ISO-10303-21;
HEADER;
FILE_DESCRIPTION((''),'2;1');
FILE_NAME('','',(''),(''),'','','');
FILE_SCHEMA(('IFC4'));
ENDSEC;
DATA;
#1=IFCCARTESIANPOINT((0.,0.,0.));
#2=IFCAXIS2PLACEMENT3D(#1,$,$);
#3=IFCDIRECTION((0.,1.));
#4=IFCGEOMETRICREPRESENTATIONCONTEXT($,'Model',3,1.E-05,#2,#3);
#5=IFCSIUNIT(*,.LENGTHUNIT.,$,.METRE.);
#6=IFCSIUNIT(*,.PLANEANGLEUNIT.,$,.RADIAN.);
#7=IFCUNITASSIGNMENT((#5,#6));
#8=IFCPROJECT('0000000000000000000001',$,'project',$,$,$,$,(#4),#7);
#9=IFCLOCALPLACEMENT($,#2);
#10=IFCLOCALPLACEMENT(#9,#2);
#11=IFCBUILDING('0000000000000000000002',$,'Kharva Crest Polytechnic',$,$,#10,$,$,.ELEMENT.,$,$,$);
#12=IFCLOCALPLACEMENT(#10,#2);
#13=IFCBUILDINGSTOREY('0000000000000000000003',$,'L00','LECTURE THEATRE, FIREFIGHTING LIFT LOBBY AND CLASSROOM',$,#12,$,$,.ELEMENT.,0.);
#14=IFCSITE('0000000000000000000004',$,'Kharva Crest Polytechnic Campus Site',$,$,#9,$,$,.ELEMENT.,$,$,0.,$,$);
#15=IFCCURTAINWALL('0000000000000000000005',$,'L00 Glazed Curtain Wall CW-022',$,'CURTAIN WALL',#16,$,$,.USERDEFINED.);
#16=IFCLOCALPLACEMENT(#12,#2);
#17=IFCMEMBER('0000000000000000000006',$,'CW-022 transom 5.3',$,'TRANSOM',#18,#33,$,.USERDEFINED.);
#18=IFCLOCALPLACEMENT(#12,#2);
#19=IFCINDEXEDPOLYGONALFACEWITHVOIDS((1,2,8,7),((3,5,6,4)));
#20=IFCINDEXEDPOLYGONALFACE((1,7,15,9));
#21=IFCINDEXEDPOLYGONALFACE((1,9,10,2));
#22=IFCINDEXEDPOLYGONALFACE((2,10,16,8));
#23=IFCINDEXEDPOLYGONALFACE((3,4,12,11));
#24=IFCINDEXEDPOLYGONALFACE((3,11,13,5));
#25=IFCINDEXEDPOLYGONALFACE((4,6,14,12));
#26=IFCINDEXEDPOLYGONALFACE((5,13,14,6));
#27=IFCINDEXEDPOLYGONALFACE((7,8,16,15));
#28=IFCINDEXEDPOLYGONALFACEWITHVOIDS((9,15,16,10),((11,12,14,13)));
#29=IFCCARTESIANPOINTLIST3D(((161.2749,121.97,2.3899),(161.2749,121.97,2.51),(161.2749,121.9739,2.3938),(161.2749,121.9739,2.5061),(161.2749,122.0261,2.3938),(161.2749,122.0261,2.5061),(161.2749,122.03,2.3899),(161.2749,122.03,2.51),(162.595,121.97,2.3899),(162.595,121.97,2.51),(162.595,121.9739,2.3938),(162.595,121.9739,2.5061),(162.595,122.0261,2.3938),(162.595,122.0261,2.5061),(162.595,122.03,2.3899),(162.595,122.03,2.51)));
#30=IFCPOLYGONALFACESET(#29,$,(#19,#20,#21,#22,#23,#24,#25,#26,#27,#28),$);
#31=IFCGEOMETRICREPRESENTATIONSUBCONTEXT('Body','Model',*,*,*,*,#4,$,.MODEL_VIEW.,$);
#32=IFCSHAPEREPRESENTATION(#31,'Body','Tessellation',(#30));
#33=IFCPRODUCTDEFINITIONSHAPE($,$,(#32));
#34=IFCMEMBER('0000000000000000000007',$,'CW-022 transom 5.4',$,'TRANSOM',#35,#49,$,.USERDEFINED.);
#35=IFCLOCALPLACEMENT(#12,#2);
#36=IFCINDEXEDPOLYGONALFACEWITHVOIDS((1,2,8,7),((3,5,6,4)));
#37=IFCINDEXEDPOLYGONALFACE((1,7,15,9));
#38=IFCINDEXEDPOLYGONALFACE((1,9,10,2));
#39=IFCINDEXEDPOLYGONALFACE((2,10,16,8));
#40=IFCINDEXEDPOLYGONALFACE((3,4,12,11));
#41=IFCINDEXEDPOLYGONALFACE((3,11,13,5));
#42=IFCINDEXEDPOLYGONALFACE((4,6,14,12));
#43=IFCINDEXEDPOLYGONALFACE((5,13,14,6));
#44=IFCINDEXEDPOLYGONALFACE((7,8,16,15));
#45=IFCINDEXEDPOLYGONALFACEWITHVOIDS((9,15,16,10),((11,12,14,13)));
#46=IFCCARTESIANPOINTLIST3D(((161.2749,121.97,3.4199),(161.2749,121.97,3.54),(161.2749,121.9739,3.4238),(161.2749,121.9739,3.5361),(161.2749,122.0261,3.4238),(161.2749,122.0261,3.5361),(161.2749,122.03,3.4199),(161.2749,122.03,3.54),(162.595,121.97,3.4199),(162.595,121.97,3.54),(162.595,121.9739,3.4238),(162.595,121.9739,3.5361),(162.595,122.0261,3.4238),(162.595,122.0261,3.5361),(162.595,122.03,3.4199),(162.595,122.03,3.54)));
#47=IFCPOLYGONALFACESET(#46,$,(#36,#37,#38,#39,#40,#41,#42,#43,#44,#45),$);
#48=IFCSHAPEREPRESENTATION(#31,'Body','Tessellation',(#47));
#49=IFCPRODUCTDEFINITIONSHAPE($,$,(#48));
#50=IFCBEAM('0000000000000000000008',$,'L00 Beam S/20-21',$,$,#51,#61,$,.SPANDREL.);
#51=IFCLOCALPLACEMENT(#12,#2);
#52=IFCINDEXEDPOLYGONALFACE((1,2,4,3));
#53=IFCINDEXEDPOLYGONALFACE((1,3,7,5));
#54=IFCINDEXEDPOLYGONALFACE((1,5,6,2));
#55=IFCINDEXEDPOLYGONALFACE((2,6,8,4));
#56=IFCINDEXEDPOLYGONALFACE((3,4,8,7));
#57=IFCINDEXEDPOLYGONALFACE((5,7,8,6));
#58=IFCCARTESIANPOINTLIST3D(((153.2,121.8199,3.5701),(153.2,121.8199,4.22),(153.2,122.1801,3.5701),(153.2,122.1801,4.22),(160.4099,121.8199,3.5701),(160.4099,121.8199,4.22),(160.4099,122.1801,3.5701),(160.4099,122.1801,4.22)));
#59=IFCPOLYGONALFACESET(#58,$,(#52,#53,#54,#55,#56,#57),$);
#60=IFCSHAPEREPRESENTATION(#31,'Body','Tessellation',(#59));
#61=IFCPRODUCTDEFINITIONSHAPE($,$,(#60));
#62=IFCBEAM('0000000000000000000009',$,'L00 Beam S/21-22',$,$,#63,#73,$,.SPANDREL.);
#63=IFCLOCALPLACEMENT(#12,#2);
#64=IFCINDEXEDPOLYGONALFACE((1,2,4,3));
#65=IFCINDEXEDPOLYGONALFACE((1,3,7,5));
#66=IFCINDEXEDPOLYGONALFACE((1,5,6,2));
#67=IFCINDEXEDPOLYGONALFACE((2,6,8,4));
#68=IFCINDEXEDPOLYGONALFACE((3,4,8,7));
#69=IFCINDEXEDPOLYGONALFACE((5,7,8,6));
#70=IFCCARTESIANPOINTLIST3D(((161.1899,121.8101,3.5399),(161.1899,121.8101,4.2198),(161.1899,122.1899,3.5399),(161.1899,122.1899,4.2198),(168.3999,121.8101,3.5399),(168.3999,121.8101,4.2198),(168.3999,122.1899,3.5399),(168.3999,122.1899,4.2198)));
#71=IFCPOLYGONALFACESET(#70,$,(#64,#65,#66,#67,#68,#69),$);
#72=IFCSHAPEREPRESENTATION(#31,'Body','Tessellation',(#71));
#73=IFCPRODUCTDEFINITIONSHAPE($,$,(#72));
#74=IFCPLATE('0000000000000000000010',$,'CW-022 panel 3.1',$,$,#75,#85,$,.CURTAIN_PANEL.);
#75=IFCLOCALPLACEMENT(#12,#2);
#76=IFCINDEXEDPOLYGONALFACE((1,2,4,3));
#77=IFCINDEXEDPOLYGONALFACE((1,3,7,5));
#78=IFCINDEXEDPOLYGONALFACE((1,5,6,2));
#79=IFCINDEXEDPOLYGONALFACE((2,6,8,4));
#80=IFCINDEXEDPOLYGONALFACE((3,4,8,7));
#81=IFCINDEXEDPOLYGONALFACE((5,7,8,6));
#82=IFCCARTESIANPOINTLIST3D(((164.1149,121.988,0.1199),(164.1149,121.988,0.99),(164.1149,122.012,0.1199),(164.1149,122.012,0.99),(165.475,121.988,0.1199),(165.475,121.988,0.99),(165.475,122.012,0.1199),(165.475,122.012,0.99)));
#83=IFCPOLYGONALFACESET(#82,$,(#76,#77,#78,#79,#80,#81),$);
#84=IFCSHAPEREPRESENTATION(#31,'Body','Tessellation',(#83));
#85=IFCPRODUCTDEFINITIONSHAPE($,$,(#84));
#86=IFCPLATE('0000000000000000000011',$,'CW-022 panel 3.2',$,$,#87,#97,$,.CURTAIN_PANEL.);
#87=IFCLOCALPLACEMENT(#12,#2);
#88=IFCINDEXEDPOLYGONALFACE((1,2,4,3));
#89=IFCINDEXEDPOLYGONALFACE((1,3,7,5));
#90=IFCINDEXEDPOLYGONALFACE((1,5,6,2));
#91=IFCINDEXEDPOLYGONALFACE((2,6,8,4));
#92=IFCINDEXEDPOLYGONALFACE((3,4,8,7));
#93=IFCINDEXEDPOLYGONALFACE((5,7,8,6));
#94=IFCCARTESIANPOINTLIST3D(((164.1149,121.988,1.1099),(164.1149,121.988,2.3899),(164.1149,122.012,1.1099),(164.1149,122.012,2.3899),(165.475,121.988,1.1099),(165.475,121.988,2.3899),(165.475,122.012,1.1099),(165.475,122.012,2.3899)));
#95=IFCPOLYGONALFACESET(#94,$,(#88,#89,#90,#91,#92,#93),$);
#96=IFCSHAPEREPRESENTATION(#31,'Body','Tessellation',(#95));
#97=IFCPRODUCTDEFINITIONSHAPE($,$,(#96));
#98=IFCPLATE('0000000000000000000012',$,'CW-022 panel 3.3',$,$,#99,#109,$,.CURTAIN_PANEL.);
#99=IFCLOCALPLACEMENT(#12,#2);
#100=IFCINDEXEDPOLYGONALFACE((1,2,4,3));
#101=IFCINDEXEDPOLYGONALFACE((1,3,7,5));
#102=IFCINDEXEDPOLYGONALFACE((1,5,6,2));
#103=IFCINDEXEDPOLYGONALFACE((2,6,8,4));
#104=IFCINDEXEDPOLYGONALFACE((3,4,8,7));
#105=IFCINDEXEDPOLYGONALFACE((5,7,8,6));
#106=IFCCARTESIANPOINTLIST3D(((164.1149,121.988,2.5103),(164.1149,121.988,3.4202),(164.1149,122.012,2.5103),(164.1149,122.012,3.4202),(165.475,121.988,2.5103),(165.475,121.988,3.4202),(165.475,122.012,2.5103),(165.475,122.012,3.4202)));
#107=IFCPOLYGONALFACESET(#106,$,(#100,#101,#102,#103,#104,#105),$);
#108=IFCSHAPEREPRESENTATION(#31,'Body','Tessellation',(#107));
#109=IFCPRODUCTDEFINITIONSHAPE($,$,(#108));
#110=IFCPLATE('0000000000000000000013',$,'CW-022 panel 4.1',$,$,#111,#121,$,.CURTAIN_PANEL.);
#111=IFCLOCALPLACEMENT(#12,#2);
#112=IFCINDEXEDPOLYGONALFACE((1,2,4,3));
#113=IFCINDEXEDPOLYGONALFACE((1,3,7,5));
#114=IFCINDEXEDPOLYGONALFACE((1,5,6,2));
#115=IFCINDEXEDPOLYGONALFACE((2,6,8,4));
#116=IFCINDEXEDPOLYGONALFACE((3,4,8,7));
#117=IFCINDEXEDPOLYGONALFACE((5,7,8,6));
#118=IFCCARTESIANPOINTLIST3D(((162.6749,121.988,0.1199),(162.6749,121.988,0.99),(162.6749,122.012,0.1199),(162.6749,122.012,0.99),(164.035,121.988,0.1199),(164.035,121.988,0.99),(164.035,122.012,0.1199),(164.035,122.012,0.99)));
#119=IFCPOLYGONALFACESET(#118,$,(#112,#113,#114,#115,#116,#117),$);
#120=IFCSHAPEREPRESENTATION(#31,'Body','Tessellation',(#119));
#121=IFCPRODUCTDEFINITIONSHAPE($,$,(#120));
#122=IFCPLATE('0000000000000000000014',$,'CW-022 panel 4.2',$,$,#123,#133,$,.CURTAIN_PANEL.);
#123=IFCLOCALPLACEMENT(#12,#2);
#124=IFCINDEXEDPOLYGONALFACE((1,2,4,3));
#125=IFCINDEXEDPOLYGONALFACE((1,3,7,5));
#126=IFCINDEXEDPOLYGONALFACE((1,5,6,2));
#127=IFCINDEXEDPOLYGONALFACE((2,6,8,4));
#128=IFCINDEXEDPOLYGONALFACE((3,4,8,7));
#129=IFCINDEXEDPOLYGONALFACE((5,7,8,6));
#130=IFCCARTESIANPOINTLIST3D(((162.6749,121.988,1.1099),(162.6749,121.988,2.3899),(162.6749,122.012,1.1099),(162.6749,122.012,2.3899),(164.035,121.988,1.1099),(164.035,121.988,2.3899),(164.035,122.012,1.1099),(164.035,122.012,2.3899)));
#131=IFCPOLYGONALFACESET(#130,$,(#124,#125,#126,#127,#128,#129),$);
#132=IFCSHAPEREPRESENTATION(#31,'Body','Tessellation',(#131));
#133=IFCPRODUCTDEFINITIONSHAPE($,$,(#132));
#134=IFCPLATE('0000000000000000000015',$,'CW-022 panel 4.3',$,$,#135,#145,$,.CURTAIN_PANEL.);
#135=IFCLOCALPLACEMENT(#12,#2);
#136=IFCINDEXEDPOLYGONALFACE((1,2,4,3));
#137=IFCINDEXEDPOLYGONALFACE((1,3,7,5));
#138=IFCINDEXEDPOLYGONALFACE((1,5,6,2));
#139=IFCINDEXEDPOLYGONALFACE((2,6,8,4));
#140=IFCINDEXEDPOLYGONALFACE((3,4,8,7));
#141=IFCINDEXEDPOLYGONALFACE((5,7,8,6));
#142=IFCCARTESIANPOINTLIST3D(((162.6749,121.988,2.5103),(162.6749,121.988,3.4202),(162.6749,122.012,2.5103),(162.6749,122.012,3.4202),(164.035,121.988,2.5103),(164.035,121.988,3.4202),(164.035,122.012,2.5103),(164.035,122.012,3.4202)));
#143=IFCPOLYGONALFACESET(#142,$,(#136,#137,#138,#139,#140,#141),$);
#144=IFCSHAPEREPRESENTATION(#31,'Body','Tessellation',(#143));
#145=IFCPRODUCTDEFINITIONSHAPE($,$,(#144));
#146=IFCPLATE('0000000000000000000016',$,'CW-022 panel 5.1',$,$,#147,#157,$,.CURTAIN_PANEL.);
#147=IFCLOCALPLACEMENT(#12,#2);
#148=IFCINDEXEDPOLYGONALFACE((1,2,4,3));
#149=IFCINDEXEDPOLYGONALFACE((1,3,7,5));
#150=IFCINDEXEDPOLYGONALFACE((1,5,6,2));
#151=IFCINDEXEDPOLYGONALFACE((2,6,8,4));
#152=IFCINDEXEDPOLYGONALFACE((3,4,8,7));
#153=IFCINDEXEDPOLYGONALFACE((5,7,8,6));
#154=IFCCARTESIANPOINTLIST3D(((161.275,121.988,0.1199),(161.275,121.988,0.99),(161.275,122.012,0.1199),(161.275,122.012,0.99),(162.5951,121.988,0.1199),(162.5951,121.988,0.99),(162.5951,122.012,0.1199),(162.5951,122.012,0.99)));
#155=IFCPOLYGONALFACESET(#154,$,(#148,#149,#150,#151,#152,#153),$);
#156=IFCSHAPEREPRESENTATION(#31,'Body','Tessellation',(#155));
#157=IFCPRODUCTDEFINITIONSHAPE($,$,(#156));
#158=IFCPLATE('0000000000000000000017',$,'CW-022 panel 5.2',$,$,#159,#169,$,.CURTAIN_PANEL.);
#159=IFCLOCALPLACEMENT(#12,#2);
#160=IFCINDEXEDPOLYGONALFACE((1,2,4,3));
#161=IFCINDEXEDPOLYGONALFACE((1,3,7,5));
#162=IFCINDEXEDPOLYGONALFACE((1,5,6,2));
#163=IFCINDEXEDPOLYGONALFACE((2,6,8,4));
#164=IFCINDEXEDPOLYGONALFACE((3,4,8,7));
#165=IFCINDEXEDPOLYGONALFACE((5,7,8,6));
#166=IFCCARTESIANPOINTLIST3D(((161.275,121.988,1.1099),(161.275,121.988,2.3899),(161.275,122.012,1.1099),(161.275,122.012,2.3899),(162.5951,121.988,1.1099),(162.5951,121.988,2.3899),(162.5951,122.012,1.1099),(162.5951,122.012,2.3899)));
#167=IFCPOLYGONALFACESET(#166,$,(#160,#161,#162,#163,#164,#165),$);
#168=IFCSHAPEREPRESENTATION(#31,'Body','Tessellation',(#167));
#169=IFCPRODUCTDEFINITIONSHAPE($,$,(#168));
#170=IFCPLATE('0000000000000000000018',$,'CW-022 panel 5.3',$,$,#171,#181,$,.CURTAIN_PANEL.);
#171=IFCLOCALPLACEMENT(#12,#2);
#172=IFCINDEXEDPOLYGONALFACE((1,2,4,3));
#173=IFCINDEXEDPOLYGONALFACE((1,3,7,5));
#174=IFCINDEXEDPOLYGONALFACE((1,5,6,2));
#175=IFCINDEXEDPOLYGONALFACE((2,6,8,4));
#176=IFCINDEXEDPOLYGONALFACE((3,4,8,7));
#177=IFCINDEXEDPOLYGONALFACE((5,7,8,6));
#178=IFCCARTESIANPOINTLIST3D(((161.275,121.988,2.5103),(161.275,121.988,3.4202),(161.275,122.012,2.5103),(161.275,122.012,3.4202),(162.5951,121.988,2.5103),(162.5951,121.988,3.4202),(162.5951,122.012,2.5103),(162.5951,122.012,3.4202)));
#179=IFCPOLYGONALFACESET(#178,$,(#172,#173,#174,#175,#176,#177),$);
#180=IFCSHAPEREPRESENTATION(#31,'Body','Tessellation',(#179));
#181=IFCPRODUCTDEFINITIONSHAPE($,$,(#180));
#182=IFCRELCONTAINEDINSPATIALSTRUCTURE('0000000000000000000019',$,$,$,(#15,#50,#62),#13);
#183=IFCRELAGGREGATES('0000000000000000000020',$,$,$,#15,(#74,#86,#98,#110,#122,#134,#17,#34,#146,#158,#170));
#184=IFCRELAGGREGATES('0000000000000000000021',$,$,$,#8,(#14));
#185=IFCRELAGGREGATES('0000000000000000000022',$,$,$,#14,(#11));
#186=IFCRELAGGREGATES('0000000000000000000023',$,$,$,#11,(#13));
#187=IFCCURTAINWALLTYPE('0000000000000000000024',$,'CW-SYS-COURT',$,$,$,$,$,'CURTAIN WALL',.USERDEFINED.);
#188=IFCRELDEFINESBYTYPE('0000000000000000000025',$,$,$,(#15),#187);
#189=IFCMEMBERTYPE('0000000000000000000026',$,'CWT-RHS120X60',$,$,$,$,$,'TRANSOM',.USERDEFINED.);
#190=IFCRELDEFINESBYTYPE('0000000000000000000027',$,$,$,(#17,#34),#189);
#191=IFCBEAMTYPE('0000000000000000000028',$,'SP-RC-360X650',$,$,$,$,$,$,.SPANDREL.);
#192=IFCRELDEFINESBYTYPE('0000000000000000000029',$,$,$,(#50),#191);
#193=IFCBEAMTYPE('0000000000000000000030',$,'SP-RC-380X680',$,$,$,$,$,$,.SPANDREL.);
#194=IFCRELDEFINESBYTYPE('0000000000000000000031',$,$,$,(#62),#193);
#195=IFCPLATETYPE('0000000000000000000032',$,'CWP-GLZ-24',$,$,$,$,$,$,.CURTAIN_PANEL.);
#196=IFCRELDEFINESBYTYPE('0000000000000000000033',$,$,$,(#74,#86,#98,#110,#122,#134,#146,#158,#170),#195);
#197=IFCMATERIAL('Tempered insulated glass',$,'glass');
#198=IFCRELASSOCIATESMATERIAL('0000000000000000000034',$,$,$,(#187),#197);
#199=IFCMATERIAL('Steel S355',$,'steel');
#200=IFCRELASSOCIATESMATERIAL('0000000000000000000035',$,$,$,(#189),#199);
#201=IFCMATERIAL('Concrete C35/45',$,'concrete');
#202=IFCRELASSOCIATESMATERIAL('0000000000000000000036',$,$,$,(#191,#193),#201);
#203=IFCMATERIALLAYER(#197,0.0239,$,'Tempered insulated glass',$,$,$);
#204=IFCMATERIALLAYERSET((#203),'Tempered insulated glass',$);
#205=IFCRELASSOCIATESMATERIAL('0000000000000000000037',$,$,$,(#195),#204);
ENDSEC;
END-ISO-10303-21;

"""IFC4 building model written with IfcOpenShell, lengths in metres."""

from ifc_helpers import new_model, si_unit, direction, frame, origin, origin_2d, place, context, subcontext, project, spatial, rectangle, hollow_rectangle, extrude, material, layer, layer_set, material_profile, profile_set, type_object, element, aggregate, save


model = new_model("IFC4")

# Units and contexts
model_context = context("Model", 3, precision=1e-05, world=origin(), true_north=direction((0.0, 1.0)))
body_context = subcontext(model_context, "Body", "Model", "MODEL_VIEW")
ifc_project = project(units=[si_unit("LENGTHUNIT", "METRE"), si_unit("PLANEANGLEUNIT", "RADIAN")], contexts=[model_context])

# Site, building, storey
site_placement = place(None, origin())
site = spatial("IfcSite", under=ifc_project, at=site_placement, Name="Kharva Crest Polytechnic Campus Site", CompositionType="ELEMENT", RefElevation=0.0)
building_placement = place(site_placement, origin())
building = spatial("IfcBuilding", under=site, at=building_placement, Name="Kharva Crest Polytechnic", CompositionType="ELEMENT")
storey_placement = place(building_placement, origin())
storey = spatial("IfcBuildingStorey", under=building, at=storey_placement, Name="L00", Description="LECTURE THEATRE, FIREFIGHTING LIFT LOBBY AND CLASSROOM", CompositionType="ELEMENT", Elevation=0.0)

# Shared definitions
ifc_material_1 = material(Name="Concrete C35/45", Category="concrete")

# Curtain wall, members
ifc_material_2 = material(Name="Tempered insulated glass", Category="glass")
curtain_wall_type = type_object("IfcCurtainWallType", Name="CW-SYS-COURT", ElementType="CURTAIN WALL", PredefinedType="USERDEFINED", material=ifc_material_2)
curtain_wall_placement = place(storey_placement, origin())
curtain_wall = element("IfcCurtainWall", 1, at=curtain_wall_placement, inside=storey, type_object=curtain_wall_type, Name="L00 Glazed Curtain Wall CW-022", ObjectType="CURTAIN WALL", PredefinedType="USERDEFINED")
ifc_material_3 = material(Name="Steel S355", Category="steel")
ifc_material_profile_1 = material_profile(ifc_material_3, hollow_rectangle(XDim=0.0601, YDim=0.1201, WallThickness=0.0039, at=origin_2d()), Name="RHS 120X60X4.0")
ifc_profile_set_1 = profile_set([ifc_material_profile_1], Name="Steel S355")
member_type_1 = type_object("IfcMemberType", Name="CWT-RHS120X60", ElementType="TRANSOM", PredefinedType="USERDEFINED", material=ifc_profile_set_1)
member_1_placement = place(storey_placement, frame((162.595, 122.0, 2.45), z_axis=(-1.0, 0.0, 0.0), x_axis=(0.0, -1.0, 0.0)))
member_1 = element("IfcMember", 2, at=member_1_placement, type_object=member_type_1, Name="CW-022 transom 5.3", ObjectType="TRANSOM", PredefinedType="USERDEFINED", context=body_context, shape_type="SweptSolid", body=[
    extrude(hollow_rectangle(XDim=0.0601, YDim=0.1201, WallThickness=0.0039, at=origin_2d()), origin(), (0.0, 0.0, 1.0), 1.3201),
])
member_2_placement = place(storey_placement, frame((162.595, 122.0, 3.48), z_axis=(-1.0, 0.0, 0.0), x_axis=(0.0, -1.0, 0.0)))
member_2 = element("IfcMember", 3, at=member_2_placement, type_object=member_type_1, Name="CW-022 transom 5.4", ObjectType="TRANSOM", PredefinedType="USERDEFINED", context=body_context, shape_type="SweptSolid", body=[
    extrude(hollow_rectangle(XDim=0.0601, YDim=0.1201, WallThickness=0.0039, at=origin_2d()), origin(), (0.0, 0.0, 1.0), 1.3201),
])

# Beams
ifc_material_profile_2 = material_profile(ifc_material_1, rectangle(XDim=0.3601, YDim=0.6499, at=origin_2d()), Name="RECT 360 X 650")
ifc_profile_set_2 = profile_set([ifc_material_profile_2], Name="Concrete C35/45")
beam_type_1 = type_object("IfcBeamType", Name="SP-RC-360X650", PredefinedType="SPANDREL", material=ifc_profile_set_2)
beam_1_placement = place(storey_placement, frame((153.2, 122.0, 3.895), z_axis=(1.0, 0.0, 0.0), x_axis=(0.0, 1.0, 0.0)))
element("IfcBeam", 4, at=beam_1_placement, inside=storey, type_object=beam_type_1, Name="L00 Beam S/20-21", PredefinedType="SPANDREL", context=body_context, shape_type="SweptSolid", body=[
    extrude(rectangle(XDim=0.3601, YDim=0.6499, at=origin_2d()), origin(), (0.0, 0.0, 1.0), 7.21),
])
ifc_material_profile_3 = material_profile(ifc_material_1, rectangle(XDim=0.3799, YDim=0.6799, at=origin_2d()), Name="RECT 380 X 680")
ifc_profile_set_3 = profile_set([ifc_material_profile_3], Name="Concrete C35/45")
beam_type_2 = type_object("IfcBeamType", Name="SP-RC-380X680", PredefinedType="SPANDREL", material=ifc_profile_set_3)
beam_2_placement = place(storey_placement, frame((161.1899, 122.0, 3.8799), z_axis=(1.0, 0.0, 0.0), x_axis=(0.0, 1.0, 0.0)))
element("IfcBeam", 5, at=beam_2_placement, inside=storey, type_object=beam_type_2, Name="L00 Beam S/21-22", PredefinedType="SPANDREL", context=body_context, shape_type="SweptSolid", body=[
    extrude(rectangle(XDim=0.3799, YDim=0.6799, at=origin_2d()), origin(), (0.0, 0.0, 1.0), 7.21),
])

# Plates
ifc_layer_1 = layer(ifc_material_2, 0.0239, Name="Tempered insulated glass")
ifc_layer_set_1 = layer_set([ifc_layer_1], Name="Tempered insulated glass")
plate_type = type_object("IfcPlateType", Name="CWP-GLZ-24", PredefinedType="CURTAIN_PANEL", material=ifc_layer_set_1)
plate_1_placement = place(storey_placement, frame((164.7949, 122.0, 0.1199), z_axis=(0.0, 0.0, 1.0), x_axis=(-1.0, 0.0, 0.0)))
plate_1 = element("IfcPlate", 6, at=plate_1_placement, type_object=plate_type, Name="CW-022 panel 3.1", PredefinedType="CURTAIN_PANEL", context=body_context, shape_type="SweptSolid", body=[
    extrude(rectangle(XDim=1.3601, YDim=0.0239, at=origin_2d()), origin(), (0.0, 0.0, 1.0), 0.8701),
])
plate_2_placement = place(storey_placement, frame((164.7949, 122.0, 1.1099), z_axis=(0.0, 0.0, 1.0), x_axis=(-1.0, 0.0, 0.0)))
plate_2 = element("IfcPlate", 7, at=plate_2_placement, type_object=plate_type, Name="CW-022 panel 3.2", PredefinedType="CURTAIN_PANEL", context=body_context, shape_type="SweptSolid", body=[
    extrude(rectangle(XDim=1.3601, YDim=0.0239, at=origin_2d()), origin(), (0.0, 0.0, 1.0), 1.28),
])
plate_3_placement = place(storey_placement, frame((164.7949, 122.0, 2.5103), z_axis=(0.0, 0.0, 1.0), x_axis=(-1.0, 0.0, 0.0)))
plate_3 = element("IfcPlate", 8, at=plate_3_placement, type_object=plate_type, Name="CW-022 panel 3.3", PredefinedType="CURTAIN_PANEL", context=body_context, shape_type="SweptSolid", body=[
    extrude(rectangle(XDim=1.3601, YDim=0.0239, at=origin_2d()), origin(), (0.0, 0.0, 1.0), 0.9099),
])
plate_4_placement = place(storey_placement, frame((163.355, 122.0, 0.1199), z_axis=(0.0, 0.0, 1.0), x_axis=(-1.0, 0.0, 0.0)))
plate_4 = element("IfcPlate", 9, at=plate_4_placement, type_object=plate_type, Name="CW-022 panel 4.1", PredefinedType="CURTAIN_PANEL", context=body_context, shape_type="SweptSolid", body=[
    extrude(rectangle(XDim=1.3601, YDim=0.0239, at=origin_2d()), origin(), (0.0, 0.0, 1.0), 0.8701),
])
plate_5_placement = place(storey_placement, frame((163.355, 122.0, 1.1099), z_axis=(0.0, 0.0, 1.0), x_axis=(-1.0, 0.0, 0.0)))
plate_5 = element("IfcPlate", 10, at=plate_5_placement, type_object=plate_type, Name="CW-022 panel 4.2", PredefinedType="CURTAIN_PANEL", context=body_context, shape_type="SweptSolid", body=[
    extrude(rectangle(XDim=1.3601, YDim=0.0239, at=origin_2d()), origin(), (0.0, 0.0, 1.0), 1.28),
])
plate_6_placement = place(storey_placement, frame((163.355, 122.0, 2.5103), z_axis=(0.0, 0.0, 1.0), x_axis=(-1.0, 0.0, 0.0)))
plate_6 = element("IfcPlate", 11, at=plate_6_placement, type_object=plate_type, Name="CW-022 panel 4.3", PredefinedType="CURTAIN_PANEL", context=body_context, shape_type="SweptSolid", body=[
    extrude(rectangle(XDim=1.3601, YDim=0.0239, at=origin_2d()), origin(), (0.0, 0.0, 1.0), 0.9099),
])
plate_7_placement = place(storey_placement, frame((161.9351, 122.0, 0.1199), z_axis=(0.0, 0.0, 1.0), x_axis=(-1.0, 0.0, 0.0)))
plate_7 = element("IfcPlate", 12, at=plate_7_placement, type_object=plate_type, Name="CW-022 panel 5.1", PredefinedType="CURTAIN_PANEL", context=body_context, shape_type="SweptSolid", body=[
    extrude(rectangle(XDim=1.3201, YDim=0.0239, at=origin_2d()), origin(), (0.0, 0.0, 1.0), 0.8701),
])
plate_8_placement = place(storey_placement, frame((161.9351, 122.0, 1.1099), z_axis=(0.0, 0.0, 1.0), x_axis=(-1.0, 0.0, 0.0)))
plate_8 = element("IfcPlate", 13, at=plate_8_placement, type_object=plate_type, Name="CW-022 panel 5.2", PredefinedType="CURTAIN_PANEL", context=body_context, shape_type="SweptSolid", body=[
    extrude(rectangle(XDim=1.3201, YDim=0.0239, at=origin_2d()), origin(), (0.0, 0.0, 1.0), 1.28),
])
plate_9_placement = place(storey_placement, frame((161.9351, 122.0, 2.5103), z_axis=(0.0, 0.0, 1.0), x_axis=(-1.0, 0.0, 0.0)))
plate_9 = element("IfcPlate", 14, at=plate_9_placement, type_object=plate_type, Name="CW-022 panel 5.3", PredefinedType="CURTAIN_PANEL", context=body_context, shape_type="SweptSolid", body=[
    extrude(rectangle(XDim=1.3201, YDim=0.0239, at=origin_2d()), origin(), (0.0, 0.0, 1.0), 0.9099),
])
aggregate(curtain_wall, [plate_1, plate_2, plate_3, plate_4, plate_5, plate_6, member_1, member_2, plate_7, plate_8, plate_9])

save(model, "model.ifc")
